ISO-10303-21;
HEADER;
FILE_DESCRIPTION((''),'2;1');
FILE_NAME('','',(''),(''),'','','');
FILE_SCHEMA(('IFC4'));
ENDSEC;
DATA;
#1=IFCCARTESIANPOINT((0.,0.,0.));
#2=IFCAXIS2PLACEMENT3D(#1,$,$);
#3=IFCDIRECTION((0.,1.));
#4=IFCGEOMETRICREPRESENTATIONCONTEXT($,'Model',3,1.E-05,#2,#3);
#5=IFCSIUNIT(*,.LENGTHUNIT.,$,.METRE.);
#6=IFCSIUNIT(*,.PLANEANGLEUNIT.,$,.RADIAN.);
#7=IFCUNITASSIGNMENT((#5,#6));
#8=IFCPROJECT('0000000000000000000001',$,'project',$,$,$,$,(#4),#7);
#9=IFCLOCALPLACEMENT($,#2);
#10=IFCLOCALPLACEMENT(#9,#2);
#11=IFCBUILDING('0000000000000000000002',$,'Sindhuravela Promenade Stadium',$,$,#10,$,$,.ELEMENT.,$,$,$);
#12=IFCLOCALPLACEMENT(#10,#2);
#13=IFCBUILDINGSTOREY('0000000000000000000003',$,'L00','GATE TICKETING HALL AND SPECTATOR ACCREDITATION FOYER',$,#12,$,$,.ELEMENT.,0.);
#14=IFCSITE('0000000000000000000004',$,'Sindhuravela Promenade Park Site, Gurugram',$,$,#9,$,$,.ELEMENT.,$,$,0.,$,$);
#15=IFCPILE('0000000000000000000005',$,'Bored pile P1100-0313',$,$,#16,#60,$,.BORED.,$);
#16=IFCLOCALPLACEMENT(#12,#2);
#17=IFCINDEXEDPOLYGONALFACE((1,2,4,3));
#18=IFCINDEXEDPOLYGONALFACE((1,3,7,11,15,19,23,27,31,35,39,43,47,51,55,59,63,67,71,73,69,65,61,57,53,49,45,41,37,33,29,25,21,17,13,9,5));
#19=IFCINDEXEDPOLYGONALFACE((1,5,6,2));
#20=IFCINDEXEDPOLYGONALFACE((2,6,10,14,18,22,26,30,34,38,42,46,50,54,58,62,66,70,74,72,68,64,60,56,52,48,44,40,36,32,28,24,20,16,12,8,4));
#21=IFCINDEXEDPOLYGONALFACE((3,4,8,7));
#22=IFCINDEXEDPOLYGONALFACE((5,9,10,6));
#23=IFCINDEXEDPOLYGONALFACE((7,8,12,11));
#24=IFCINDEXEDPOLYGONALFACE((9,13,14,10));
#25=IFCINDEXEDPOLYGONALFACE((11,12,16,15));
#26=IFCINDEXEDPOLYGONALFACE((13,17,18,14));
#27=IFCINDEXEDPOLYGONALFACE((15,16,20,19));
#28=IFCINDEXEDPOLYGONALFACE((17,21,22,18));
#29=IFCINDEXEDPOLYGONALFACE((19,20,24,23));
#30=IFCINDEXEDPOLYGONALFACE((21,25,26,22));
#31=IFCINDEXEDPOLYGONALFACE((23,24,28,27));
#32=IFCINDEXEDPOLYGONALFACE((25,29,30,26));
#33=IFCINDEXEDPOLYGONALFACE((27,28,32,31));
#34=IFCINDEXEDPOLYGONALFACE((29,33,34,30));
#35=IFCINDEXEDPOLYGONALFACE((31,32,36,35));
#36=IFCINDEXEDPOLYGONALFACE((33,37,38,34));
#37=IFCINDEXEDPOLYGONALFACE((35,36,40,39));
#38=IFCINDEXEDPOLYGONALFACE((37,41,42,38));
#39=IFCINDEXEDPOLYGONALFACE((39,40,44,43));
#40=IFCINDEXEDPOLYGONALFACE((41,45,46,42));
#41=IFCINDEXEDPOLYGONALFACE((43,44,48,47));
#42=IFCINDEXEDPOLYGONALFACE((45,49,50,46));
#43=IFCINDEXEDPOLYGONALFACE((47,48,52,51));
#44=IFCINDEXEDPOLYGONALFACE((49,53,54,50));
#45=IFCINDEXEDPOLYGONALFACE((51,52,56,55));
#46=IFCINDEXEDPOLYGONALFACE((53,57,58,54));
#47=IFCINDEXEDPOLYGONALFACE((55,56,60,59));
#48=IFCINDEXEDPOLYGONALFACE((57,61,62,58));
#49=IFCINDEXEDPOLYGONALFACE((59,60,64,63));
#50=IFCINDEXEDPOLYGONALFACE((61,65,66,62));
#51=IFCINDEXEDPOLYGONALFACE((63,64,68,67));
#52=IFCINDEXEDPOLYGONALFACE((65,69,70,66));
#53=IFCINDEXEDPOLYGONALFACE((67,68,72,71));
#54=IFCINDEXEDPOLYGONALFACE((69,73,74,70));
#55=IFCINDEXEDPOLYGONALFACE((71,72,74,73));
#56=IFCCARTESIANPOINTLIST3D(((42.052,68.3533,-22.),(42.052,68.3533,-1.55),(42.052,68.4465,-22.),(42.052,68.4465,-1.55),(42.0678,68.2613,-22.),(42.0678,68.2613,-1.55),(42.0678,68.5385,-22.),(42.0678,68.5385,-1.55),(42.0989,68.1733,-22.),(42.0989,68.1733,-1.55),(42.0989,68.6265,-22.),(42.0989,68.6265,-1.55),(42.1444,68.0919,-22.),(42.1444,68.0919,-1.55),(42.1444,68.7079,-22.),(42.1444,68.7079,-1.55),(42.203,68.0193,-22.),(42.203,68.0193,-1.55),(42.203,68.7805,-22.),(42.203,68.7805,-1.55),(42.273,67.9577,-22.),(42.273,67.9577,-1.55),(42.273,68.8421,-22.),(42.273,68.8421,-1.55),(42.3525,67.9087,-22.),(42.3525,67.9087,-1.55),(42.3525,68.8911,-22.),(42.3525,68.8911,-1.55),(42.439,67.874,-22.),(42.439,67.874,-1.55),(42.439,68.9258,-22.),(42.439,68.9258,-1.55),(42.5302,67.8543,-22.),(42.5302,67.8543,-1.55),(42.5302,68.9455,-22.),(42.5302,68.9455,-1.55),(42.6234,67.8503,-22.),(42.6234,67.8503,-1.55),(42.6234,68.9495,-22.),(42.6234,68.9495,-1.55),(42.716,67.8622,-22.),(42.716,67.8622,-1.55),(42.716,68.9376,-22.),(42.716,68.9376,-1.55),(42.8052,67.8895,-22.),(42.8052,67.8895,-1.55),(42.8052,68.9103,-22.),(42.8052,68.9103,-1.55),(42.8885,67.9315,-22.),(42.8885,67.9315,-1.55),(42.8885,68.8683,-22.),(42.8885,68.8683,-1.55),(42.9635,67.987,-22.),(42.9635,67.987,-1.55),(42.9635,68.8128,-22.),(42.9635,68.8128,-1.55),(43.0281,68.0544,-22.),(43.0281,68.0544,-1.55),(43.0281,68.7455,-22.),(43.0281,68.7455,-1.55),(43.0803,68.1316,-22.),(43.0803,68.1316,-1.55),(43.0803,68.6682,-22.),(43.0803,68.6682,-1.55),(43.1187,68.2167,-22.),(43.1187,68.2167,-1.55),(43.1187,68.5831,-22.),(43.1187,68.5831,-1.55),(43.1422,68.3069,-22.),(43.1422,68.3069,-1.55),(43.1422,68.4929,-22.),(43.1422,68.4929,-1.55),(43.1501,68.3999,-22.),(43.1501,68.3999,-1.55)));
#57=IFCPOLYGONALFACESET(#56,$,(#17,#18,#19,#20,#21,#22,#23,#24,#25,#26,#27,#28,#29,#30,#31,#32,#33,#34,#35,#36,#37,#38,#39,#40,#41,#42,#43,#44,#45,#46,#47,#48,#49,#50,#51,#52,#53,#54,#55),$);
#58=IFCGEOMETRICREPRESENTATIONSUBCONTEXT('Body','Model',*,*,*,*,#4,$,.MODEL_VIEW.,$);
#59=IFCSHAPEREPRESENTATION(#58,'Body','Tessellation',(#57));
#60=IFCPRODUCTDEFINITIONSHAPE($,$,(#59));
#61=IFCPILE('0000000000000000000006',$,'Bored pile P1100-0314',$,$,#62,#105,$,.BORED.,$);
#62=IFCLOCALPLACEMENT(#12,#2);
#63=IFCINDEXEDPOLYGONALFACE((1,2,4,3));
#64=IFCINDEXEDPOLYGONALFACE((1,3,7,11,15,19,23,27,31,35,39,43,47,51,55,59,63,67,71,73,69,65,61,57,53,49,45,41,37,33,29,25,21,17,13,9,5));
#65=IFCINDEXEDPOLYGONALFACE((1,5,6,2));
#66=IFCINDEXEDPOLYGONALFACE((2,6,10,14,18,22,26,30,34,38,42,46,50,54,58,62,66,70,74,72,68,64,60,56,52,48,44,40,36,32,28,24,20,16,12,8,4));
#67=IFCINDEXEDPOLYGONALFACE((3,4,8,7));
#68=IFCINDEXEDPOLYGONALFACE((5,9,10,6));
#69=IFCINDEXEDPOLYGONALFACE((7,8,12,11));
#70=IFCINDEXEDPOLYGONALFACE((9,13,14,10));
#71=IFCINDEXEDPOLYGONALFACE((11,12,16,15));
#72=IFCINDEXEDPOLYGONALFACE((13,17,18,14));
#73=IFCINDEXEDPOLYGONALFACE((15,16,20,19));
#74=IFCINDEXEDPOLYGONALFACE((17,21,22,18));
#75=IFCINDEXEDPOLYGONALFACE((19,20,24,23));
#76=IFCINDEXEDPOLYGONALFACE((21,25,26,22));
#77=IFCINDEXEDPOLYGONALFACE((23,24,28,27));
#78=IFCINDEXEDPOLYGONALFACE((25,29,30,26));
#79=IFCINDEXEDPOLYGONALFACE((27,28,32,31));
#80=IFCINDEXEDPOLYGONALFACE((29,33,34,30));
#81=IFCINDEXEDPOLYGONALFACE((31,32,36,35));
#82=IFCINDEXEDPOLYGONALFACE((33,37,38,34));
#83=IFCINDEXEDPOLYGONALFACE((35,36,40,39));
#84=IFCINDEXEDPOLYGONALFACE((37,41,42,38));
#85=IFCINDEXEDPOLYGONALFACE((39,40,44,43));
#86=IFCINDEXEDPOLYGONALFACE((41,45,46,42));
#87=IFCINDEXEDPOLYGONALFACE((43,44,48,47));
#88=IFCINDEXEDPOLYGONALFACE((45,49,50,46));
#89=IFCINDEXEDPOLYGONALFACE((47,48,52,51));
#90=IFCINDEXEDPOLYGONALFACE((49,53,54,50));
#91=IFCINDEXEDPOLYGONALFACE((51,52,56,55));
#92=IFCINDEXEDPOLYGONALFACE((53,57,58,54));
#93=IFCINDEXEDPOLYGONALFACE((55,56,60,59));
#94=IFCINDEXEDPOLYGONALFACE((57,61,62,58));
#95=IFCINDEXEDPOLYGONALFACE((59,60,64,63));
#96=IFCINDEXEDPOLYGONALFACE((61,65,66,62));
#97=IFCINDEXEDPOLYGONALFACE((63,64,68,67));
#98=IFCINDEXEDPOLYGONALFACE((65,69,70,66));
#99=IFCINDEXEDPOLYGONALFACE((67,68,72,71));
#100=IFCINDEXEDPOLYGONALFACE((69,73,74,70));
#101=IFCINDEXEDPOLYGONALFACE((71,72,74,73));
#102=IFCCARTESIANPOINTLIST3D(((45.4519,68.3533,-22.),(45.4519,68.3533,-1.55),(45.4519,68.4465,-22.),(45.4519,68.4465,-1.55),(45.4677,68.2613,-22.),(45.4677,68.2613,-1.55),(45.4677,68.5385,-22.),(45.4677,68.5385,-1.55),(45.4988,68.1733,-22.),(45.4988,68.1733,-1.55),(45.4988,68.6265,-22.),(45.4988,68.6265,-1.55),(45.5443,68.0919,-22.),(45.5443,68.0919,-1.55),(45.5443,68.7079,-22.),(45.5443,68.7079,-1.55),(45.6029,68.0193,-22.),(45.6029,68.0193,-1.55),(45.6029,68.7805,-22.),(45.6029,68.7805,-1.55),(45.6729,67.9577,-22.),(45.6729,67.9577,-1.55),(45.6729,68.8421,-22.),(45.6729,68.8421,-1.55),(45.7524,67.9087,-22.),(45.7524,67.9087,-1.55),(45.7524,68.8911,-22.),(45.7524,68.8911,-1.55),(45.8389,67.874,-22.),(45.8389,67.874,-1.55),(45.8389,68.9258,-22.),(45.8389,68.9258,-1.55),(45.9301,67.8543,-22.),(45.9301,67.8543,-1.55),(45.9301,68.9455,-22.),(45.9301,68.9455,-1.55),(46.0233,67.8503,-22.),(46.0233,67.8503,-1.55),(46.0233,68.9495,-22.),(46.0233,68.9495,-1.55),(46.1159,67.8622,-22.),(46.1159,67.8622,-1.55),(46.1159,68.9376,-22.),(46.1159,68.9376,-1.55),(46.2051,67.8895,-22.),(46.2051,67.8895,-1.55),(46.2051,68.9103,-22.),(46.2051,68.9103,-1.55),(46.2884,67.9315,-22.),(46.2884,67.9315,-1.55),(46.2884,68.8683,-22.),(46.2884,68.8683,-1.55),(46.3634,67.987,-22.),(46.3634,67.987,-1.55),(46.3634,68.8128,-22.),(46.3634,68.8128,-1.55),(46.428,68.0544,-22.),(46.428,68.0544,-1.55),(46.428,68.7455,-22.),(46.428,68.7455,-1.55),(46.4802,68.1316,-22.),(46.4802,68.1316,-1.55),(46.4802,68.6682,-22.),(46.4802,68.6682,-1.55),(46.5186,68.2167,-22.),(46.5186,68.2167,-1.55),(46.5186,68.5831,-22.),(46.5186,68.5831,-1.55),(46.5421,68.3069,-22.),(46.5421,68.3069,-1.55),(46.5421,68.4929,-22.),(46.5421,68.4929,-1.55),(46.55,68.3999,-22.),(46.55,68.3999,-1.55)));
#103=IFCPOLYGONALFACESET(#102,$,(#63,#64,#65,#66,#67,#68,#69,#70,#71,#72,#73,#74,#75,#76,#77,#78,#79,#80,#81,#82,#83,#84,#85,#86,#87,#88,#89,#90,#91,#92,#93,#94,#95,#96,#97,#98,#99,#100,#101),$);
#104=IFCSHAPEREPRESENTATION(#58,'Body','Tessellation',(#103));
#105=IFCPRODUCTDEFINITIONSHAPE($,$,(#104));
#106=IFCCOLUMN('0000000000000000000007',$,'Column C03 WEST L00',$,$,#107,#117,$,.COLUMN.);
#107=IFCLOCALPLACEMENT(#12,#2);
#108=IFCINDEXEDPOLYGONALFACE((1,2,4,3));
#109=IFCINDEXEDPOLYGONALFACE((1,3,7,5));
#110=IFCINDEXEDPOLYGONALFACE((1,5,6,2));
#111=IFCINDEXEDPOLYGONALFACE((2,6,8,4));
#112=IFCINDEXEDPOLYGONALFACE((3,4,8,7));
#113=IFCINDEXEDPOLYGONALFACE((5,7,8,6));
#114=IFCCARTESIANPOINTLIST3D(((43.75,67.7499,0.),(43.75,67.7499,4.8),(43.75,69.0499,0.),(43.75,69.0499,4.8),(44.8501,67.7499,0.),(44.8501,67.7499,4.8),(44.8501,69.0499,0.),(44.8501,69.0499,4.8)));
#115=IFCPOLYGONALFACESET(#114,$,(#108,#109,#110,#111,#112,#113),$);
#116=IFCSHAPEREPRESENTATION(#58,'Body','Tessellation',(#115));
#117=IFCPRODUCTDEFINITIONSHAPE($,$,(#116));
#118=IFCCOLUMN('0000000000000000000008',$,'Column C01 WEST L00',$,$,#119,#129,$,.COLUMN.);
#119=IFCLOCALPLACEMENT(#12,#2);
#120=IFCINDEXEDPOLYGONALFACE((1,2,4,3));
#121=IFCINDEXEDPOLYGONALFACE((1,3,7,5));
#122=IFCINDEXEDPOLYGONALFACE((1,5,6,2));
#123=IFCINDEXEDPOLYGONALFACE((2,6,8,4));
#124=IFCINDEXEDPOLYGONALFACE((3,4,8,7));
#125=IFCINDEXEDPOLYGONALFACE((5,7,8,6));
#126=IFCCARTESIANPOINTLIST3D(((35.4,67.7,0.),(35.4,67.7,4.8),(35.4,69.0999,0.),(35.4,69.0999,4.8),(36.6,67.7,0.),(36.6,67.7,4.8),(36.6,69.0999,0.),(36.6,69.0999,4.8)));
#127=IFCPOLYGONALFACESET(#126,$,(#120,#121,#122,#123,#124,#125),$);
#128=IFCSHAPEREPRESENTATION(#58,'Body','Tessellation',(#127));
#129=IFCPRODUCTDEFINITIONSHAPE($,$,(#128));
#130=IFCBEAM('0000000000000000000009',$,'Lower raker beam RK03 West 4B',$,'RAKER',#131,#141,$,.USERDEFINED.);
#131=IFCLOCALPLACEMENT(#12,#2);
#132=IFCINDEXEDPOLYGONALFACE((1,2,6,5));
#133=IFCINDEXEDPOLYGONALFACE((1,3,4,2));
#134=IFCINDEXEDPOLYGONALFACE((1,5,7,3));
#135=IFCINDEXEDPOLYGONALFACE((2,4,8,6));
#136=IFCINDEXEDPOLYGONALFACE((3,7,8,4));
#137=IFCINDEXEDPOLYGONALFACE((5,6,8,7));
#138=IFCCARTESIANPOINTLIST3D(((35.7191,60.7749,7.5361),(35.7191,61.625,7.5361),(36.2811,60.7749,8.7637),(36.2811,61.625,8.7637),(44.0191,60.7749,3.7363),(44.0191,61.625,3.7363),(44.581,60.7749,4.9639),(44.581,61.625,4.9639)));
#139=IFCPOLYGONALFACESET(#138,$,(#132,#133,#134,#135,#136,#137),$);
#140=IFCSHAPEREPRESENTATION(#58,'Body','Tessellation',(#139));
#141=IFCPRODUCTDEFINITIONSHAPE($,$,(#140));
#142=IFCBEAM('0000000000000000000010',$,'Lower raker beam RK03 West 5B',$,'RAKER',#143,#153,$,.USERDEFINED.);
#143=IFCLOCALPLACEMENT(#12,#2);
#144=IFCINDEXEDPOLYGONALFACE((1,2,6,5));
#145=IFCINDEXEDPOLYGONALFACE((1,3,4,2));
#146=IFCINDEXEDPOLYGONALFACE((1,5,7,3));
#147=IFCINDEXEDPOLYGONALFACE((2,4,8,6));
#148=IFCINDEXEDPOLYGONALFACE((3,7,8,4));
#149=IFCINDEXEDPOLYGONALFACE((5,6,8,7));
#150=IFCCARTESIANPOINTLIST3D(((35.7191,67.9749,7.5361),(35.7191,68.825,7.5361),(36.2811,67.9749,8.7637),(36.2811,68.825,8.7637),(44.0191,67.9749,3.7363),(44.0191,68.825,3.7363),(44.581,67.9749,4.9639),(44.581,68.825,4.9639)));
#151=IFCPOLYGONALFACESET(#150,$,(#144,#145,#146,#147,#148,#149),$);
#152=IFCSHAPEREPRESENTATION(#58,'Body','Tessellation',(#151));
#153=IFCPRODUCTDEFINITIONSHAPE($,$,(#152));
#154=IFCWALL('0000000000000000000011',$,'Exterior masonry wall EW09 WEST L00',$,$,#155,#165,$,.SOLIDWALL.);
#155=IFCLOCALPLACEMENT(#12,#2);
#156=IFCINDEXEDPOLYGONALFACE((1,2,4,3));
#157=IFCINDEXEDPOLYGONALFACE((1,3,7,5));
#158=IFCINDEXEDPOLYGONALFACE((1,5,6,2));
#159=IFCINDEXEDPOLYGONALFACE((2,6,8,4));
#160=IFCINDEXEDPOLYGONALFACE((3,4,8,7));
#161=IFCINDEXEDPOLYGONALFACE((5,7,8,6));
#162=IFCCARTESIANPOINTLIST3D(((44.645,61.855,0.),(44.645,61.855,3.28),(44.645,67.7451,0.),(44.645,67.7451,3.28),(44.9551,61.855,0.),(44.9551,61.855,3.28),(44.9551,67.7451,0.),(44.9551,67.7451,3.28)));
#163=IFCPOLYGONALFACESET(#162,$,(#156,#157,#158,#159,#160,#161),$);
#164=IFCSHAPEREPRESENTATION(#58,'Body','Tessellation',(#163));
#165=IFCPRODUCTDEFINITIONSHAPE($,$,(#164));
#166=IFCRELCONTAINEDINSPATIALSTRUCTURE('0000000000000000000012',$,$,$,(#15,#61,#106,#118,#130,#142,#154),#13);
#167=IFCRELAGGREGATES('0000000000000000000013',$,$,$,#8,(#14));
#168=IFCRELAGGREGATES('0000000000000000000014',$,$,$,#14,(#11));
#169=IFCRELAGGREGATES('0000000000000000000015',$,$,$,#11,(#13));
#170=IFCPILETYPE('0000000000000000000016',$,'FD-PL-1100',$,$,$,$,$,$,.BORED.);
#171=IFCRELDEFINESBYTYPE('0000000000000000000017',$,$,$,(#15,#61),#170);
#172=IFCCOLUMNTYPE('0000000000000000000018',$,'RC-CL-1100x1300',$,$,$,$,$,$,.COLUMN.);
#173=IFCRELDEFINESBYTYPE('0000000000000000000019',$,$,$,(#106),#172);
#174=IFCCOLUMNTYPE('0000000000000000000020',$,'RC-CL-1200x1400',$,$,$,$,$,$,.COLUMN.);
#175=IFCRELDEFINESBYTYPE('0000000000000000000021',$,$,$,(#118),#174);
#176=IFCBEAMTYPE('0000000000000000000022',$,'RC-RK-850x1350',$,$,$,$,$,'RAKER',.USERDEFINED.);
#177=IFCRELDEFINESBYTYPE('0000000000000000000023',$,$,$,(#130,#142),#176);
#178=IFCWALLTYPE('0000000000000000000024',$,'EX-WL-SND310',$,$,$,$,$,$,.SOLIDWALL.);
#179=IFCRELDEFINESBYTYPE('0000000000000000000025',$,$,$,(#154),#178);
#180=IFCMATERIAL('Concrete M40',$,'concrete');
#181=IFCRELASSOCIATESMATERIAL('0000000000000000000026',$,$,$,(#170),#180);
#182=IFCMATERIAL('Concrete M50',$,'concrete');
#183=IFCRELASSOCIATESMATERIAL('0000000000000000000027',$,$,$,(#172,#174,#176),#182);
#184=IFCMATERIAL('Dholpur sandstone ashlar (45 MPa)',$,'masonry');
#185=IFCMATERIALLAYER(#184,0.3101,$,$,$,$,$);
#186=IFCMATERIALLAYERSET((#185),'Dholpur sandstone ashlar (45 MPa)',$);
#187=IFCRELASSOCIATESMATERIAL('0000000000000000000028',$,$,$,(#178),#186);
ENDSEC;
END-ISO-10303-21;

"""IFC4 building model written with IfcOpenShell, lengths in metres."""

from ifc_helpers import new_model, si_unit, direction, frame, frame_2d, origin, origin_2d, place, context, subcontext, project, spatial, rectangle, circle, extrude, material, layer, layer_set, material_profile, profile_set, type_object, element, save


model = new_model("IFC4")

# Units and contexts
model_context = context("Model", 3, precision=1e-05, world=origin(), true_north=direction((0.0, 1.0)))
body_context = subcontext(model_context, "Body", "Model", "MODEL_VIEW")
ifc_project = project(units=[si_unit("LENGTHUNIT", "METRE"), si_unit("PLANEANGLEUNIT", "RADIAN")], contexts=[model_context])

# Site, building, storey
site_placement = place(None, origin())
site = spatial("IfcSite", under=ifc_project, at=site_placement, Name="Sindhuravela Promenade Park Site, Gurugram", CompositionType="ELEMENT", RefElevation=0.0)
building_placement = place(site_placement, origin())
building = spatial("IfcBuilding", under=site, at=building_placement, Name="Sindhuravela Promenade Stadium", CompositionType="ELEMENT")
storey_placement = place(building_placement, origin())
storey = spatial("IfcBuildingStorey", under=building, at=storey_placement, Name="L00", Description="GATE TICKETING HALL AND SPECTATOR ACCREDITATION FOYER", CompositionType="ELEMENT", Elevation=0.0)

# Shared definitions
ifc_material_1 = material(Name="Concrete M50", Category="concrete")

# Piles
ifc_material_2 = material(Name="Concrete M40", Category="concrete")
ifc_material_profile_1 = material_profile(ifc_material_2, circle(Radius=0.55, at=origin_2d()), Name="BORED PILE D1100")
ifc_profile_set_1 = profile_set([ifc_material_profile_1], Name="Concrete M40")
pile_type = type_object("IfcPileType", Name="FD-PL-1100", PredefinedType="BORED", material=ifc_profile_set_1)
for number, where, z_axis, x_axis, name in (
    (1, (42.6001, 68.3999, -1.55), (0.0, 0.0, -1.0), (1.0, 0.0, 0.0), "Bored pile P1100-0313"),
    (2, (46.0, 68.3999, -1.55), (0.0, 0.0, -1.0), (1.0, 0.0, 0.0), "Bored pile P1100-0314"),
):
    element("IfcPile", number, at=place(storey_placement, frame(where, z_axis=z_axis, x_axis=x_axis)), inside=storey, type_object=pile_type, Name=name, PredefinedType="BORED", context=body_context, shape_type="SweptSolid", body=[
        extrude(circle(Radius=0.55, at=origin_2d()), origin(), (0.0, 0.0, 1.0), 20.45),
    ])

# Columns
ifc_material_profile_2 = material_profile(ifc_material_1, rectangle(XDim=1.1001, YDim=1.3, at=origin_2d()), Name="RC 1100x1300")
ifc_profile_set_2 = profile_set([ifc_material_profile_2], Name="Concrete M50")
column_type_1 = type_object("IfcColumnType", Name="RC-CL-1100x1300", PredefinedType="COLUMN", material=ifc_profile_set_2)
column_1_placement = place(storey_placement, frame((44.3, 68.3999, 0.0), z_axis=(0.0, 0.0, 1.0), x_axis=(1.0, 0.0, 0.0)))
element("IfcColumn", 3, at=column_1_placement, inside=storey, type_object=column_type_1, Name="Column C03 WEST L00", PredefinedType="COLUMN", context=body_context, shape_type="SweptSolid", body=[
    extrude(rectangle(XDim=1.1001, YDim=1.3, at=origin_2d()), origin(), (0.0, 0.0, 1.0), 4.8),
])
ifc_material_profile_3 = material_profile(ifc_material_1, rectangle(XDim=1.2, YDim=1.3999, at=origin_2d()), Name="RC 1200x1400")
ifc_profile_set_3 = profile_set([ifc_material_profile_3], Name="Concrete M50")
column_type_2 = type_object("IfcColumnType", Name="RC-CL-1200x1400", PredefinedType="COLUMN", material=ifc_profile_set_3)
column_2_placement = place(storey_placement, frame((36.0, 68.3999, 0.0), z_axis=(0.0, 0.0, 1.0), x_axis=(1.0, 0.0, 0.0)))
element("IfcColumn", 4, at=column_2_placement, inside=storey, type_object=column_type_2, Name="Column C01 WEST L00", PredefinedType="COLUMN", context=body_context, shape_type="SweptSolid", body=[
    extrude(rectangle(XDim=1.2, YDim=1.3999, at=origin_2d()), origin(), (0.0, 0.0, 1.0), 4.8),
])

# Beams
ifc_material_profile_4 = material_profile(ifc_material_1, rectangle(XDim=0.8501, YDim=1.3501, at=origin_2d()), Name="RC 850x1350")
ifc_profile_set_4 = profile_set([ifc_material_profile_4], Name="Concrete M50")
beam_type = type_object("IfcBeamType", Name="RC-RK-850x1350", ElementType="RAKER", PredefinedType="USERDEFINED", material=ifc_profile_set_4)
for number, where, z_axis, x_axis, name in (
    (5, (44.3, 61.2, 4.3501), (-0.909247, 0.0, 0.416258), (0.0, -1.0, 0.0), "Lower raker beam RK03 West 4B"),
    (6, (44.3, 68.3999, 4.3501), (-0.909247, 0.0, 0.416258), (0.0, -1.0, 0.0), "Lower raker beam RK03 West 5B"),
):
    element("IfcBeam", number, at=place(storey_placement, frame(where, z_axis=z_axis, x_axis=x_axis)), inside=storey, type_object=beam_type, Name=name, ObjectType="RAKER", PredefinedType="USERDEFINED", context=body_context, shape_type="SweptSolid", body=[
        extrude(rectangle(XDim=0.8501, YDim=1.3501, at=origin_2d()), origin(), (0.0, 0.0, 1.0), 9.1284),
    ])

# Wall
ifc_material_3 = material(Name="Dholpur sandstone ashlar (45 MPa)", Category="masonry")
ifc_layer_1 = layer(ifc_material_3, 0.3101)
ifc_layer_set_1 = layer_set([ifc_layer_1], Name="Dholpur sandstone ashlar (45 MPa)")
wall_type_1 = type_object("IfcWallType", Name="EX-WL-SND310", PredefinedType="SOLIDWALL", material=ifc_layer_set_1)
wall_1_placement = place(storey_placement, frame((44.8, 67.7451, 0.0), z_axis=(0.0, 0.0, 1.0), x_axis=(0.0, -1.0, 0.0)))
element("IfcWall", 7, at=wall_1_placement, inside=storey, type_object=wall_type_1, Name="Exterior masonry wall EW09 WEST L00", PredefinedType="SOLIDWALL", context=body_context, shape_type="SweptSolid", body=[
    extrude(rectangle(XDim=5.8901, YDim=0.3101, at=frame_2d((2.9451, 0.0))), origin(), (0.0, 0.0, 1.0), 3.28),
])

save(model, "model.ifc")
